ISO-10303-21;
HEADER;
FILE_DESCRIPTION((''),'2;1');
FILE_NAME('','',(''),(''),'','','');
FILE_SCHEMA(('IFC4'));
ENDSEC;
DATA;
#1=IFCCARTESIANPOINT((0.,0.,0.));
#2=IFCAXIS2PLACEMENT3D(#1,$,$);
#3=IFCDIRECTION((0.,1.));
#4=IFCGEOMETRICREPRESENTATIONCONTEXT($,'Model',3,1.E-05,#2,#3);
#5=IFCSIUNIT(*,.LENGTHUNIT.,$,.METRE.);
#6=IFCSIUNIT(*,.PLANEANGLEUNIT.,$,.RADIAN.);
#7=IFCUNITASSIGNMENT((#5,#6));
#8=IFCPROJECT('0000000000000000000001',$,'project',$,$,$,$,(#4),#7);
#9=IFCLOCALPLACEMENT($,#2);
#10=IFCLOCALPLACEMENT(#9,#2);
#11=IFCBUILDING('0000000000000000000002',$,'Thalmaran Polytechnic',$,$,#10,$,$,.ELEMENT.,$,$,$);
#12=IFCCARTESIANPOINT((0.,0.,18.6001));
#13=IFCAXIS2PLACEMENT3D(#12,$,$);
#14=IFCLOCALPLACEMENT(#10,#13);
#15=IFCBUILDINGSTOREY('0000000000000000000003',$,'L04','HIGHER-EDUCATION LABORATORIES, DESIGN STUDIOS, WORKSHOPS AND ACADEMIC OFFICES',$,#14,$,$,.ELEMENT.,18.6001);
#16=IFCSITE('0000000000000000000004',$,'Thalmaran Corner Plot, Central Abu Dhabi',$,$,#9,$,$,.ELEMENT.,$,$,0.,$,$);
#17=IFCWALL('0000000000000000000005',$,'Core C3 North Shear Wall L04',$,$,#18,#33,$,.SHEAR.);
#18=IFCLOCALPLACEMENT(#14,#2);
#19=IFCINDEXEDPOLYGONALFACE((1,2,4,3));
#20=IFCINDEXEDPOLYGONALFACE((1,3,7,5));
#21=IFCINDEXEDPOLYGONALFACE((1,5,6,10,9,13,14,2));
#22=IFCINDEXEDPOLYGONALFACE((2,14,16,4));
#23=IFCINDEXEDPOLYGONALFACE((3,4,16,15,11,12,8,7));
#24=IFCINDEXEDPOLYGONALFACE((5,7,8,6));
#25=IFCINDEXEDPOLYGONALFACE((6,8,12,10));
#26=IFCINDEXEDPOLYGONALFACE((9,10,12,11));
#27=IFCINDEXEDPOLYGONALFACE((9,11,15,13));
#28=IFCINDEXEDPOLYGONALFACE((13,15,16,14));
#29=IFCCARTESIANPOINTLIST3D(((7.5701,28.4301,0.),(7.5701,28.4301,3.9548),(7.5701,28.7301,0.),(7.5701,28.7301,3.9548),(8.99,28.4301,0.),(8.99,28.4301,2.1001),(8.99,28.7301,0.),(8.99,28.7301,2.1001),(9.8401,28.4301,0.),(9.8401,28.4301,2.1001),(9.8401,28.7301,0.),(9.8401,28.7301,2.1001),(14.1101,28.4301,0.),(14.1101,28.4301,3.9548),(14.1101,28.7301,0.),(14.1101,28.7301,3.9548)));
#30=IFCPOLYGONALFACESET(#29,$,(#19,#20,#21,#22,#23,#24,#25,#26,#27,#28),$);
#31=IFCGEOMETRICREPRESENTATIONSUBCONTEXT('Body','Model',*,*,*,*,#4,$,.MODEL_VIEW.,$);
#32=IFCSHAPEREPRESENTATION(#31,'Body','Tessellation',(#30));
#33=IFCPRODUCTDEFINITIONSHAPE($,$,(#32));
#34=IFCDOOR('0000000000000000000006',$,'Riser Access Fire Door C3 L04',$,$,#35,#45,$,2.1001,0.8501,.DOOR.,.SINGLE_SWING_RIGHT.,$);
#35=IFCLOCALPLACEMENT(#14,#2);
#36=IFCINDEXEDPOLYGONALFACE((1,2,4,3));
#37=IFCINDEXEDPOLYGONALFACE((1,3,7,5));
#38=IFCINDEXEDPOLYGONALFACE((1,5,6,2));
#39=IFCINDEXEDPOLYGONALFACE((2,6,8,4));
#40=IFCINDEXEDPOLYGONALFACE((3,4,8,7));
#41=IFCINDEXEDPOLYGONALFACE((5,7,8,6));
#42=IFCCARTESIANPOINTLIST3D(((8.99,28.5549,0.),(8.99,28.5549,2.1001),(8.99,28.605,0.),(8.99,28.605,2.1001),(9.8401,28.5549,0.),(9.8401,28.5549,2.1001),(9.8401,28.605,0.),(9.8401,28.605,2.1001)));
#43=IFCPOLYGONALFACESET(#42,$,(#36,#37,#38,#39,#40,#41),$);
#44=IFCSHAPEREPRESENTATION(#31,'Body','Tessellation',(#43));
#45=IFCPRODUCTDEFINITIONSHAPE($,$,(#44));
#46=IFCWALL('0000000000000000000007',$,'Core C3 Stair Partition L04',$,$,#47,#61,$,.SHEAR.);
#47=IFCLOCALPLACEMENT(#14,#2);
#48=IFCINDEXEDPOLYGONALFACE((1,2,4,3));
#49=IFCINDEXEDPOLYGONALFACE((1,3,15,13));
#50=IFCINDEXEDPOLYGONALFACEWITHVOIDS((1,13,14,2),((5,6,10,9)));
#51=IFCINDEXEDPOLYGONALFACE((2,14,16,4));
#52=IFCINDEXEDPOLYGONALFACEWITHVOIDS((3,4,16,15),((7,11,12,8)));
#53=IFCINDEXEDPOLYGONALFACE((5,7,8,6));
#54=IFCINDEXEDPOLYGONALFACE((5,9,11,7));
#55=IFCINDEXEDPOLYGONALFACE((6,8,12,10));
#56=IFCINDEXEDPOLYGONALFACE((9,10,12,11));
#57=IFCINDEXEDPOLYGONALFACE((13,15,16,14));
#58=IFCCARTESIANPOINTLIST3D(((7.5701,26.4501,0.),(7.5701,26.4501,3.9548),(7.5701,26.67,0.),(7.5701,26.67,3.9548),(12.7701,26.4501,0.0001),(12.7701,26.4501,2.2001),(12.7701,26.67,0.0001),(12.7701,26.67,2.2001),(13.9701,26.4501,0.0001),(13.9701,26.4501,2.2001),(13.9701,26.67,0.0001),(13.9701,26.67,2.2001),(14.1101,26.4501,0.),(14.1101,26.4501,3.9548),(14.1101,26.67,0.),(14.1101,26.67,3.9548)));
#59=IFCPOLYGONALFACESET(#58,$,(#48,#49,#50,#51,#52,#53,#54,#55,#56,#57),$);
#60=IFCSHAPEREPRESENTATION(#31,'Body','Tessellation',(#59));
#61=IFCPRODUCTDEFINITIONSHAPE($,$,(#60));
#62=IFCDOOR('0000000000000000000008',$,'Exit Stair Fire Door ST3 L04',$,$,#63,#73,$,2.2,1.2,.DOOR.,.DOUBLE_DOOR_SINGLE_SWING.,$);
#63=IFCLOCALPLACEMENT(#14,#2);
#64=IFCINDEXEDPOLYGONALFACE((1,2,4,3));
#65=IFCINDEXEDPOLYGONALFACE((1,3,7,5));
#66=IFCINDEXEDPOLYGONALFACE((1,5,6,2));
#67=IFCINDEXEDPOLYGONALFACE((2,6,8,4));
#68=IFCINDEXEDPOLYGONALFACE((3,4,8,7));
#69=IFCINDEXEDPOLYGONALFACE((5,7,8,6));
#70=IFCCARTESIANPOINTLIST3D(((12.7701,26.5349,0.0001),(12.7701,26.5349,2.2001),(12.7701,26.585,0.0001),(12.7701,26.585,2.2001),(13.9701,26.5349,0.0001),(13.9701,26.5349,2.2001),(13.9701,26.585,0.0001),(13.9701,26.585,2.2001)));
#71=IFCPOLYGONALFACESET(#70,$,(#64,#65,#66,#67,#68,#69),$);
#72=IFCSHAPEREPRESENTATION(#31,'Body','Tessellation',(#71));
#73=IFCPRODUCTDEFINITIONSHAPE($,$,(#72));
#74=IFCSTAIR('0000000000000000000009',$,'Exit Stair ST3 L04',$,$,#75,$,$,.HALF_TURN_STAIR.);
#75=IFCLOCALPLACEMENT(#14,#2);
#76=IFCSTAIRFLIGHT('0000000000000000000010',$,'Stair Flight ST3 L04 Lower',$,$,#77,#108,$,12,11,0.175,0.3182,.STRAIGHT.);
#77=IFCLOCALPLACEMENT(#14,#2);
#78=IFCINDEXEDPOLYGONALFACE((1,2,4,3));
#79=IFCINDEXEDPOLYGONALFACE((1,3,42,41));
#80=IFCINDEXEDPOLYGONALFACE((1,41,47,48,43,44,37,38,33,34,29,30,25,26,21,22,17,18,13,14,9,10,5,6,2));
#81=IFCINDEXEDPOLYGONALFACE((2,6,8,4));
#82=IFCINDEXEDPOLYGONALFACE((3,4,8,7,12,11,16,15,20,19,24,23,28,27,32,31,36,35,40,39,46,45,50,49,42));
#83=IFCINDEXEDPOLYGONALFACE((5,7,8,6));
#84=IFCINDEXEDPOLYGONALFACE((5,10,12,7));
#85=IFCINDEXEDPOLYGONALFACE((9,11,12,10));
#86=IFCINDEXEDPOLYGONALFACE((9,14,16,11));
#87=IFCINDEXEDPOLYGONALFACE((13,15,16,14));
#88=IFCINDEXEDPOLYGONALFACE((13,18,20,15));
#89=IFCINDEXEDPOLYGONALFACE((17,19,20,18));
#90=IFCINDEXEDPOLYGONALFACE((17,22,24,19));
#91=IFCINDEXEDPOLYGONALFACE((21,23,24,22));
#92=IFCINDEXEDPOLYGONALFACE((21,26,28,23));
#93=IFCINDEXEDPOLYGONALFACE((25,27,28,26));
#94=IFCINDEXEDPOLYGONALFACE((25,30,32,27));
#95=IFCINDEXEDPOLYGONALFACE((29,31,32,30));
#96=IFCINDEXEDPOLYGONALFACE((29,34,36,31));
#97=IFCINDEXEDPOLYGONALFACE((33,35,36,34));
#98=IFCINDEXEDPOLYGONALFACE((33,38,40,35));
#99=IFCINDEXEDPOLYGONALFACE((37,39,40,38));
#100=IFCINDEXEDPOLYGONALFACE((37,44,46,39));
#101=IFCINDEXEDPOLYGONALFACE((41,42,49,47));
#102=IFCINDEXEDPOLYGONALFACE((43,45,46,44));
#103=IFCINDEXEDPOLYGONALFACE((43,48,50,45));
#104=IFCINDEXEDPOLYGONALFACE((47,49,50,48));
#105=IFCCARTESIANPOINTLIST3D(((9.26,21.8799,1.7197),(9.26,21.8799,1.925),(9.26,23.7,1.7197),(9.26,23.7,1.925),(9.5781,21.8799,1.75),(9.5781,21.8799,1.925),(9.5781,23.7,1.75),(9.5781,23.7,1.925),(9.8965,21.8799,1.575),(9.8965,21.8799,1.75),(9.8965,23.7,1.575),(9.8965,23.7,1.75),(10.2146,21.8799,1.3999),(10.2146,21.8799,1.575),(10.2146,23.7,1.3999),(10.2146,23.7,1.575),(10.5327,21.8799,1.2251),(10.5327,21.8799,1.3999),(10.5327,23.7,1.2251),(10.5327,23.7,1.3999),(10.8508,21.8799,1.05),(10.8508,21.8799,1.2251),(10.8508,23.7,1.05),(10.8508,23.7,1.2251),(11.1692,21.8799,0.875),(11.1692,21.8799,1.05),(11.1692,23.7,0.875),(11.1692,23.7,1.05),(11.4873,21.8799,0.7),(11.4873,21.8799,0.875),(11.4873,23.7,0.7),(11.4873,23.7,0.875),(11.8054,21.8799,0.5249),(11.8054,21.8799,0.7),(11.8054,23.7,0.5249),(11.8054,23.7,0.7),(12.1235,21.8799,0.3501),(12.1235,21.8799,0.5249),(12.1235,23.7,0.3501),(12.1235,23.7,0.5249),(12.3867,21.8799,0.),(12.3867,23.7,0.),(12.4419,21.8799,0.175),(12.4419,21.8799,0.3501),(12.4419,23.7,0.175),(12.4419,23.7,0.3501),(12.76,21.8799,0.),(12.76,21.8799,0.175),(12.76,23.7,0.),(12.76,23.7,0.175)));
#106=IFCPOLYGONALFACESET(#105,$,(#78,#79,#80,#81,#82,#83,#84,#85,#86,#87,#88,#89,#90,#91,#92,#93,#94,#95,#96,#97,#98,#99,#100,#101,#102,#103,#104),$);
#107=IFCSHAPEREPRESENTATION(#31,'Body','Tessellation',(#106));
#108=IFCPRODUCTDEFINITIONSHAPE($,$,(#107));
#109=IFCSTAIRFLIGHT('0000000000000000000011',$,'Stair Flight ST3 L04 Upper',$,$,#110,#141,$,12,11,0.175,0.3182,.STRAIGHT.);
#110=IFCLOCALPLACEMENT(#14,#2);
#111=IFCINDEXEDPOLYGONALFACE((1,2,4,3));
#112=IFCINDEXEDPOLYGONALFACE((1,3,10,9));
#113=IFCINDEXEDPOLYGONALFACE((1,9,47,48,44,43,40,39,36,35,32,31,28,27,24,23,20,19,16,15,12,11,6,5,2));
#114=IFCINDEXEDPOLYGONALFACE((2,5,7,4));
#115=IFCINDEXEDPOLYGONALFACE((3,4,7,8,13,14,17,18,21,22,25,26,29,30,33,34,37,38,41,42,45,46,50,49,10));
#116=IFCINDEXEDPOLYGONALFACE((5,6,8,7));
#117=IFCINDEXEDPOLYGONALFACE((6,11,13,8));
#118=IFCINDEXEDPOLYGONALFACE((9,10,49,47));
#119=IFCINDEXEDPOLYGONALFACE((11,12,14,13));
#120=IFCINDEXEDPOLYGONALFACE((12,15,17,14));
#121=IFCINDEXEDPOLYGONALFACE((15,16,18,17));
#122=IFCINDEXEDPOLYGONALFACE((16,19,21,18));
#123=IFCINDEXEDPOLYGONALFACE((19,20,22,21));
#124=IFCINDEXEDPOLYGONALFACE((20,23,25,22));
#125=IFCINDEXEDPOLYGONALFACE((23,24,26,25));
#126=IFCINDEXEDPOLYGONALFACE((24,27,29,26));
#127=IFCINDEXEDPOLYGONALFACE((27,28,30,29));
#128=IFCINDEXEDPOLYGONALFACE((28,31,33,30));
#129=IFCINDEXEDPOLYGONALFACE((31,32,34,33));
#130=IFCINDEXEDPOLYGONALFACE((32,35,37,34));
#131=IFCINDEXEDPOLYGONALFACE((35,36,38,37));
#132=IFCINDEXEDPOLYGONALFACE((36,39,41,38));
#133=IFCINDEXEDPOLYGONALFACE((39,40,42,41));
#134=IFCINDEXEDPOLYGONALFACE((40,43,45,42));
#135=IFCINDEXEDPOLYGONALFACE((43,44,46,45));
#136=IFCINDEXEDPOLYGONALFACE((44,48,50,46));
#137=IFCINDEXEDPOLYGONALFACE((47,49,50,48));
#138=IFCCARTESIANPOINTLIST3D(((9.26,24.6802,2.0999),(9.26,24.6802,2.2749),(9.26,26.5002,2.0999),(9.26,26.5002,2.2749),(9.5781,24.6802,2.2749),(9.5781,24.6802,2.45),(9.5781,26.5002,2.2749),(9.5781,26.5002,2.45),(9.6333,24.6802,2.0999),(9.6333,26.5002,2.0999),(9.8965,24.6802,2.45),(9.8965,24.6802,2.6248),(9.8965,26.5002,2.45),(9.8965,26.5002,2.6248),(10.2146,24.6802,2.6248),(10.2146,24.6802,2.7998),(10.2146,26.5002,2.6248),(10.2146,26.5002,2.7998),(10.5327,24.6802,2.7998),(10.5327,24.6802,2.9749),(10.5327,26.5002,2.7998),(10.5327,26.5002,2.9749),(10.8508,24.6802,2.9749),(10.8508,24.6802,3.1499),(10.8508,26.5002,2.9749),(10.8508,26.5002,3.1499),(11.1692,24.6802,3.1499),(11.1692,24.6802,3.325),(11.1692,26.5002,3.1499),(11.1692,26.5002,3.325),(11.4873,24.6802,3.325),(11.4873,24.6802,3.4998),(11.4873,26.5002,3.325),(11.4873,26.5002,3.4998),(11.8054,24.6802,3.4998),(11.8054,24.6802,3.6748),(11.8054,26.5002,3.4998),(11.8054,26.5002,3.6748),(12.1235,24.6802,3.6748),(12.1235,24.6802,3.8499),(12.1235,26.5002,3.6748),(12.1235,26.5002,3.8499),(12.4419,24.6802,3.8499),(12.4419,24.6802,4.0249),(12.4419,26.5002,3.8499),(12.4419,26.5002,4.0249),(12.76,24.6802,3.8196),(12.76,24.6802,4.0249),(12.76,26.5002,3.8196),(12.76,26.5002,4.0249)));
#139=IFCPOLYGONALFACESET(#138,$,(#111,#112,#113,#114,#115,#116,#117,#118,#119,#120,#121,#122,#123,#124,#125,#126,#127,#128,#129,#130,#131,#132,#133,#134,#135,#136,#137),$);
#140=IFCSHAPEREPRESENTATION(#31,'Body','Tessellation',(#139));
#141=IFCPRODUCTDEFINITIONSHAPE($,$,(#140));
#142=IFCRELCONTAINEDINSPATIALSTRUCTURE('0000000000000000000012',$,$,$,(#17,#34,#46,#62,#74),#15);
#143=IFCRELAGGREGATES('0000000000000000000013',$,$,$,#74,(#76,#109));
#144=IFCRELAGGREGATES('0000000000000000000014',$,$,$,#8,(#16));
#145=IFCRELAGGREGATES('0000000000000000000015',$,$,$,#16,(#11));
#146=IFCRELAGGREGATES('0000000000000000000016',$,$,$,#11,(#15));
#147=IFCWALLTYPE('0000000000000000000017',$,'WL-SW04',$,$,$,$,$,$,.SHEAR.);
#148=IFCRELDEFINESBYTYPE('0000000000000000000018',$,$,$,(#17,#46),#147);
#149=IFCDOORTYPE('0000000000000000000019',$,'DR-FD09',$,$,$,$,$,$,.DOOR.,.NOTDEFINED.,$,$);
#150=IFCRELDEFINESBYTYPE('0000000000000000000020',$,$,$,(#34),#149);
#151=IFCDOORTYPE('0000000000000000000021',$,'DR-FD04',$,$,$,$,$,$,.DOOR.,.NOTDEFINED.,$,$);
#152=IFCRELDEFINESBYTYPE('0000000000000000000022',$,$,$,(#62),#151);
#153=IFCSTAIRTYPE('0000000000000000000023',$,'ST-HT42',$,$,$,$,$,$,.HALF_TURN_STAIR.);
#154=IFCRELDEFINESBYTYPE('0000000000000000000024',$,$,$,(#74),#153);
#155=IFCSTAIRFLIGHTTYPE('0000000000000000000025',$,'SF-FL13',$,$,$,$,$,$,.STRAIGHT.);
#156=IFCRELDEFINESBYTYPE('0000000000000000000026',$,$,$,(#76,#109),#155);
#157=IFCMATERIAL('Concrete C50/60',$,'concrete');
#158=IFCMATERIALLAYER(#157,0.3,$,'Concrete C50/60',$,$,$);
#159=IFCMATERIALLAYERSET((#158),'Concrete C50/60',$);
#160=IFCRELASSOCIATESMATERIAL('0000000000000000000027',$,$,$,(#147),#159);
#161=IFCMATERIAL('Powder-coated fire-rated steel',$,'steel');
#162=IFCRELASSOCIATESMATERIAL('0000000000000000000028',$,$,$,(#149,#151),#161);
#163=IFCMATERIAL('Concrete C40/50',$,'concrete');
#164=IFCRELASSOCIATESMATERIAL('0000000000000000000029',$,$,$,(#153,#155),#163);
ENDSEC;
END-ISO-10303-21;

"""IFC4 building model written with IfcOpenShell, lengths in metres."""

from ifc_helpers import new_model, si_unit, direction, frame, frame_2d, origin, place, context, subcontext, project, spatial, polyline, rectangle, outline, extrude, material, layer, layer_set, type_object, element, fill, aggregate, save


model = new_model("IFC4")

# Units and contexts
model_context = context("Model", 3, precision=1e-05, world=origin(), true_north=direction((0.0, 1.0)))
body_context = subcontext(model_context, "Body", "Model", "MODEL_VIEW")
ifc_project = project(units=[si_unit("LENGTHUNIT", "METRE"), si_unit("PLANEANGLEUNIT", "RADIAN")], contexts=[model_context])

# Site, building, storey
site_placement = place(None, origin())
site = spatial("IfcSite", under=ifc_project, at=site_placement, Name="Thalmaran Corner Plot, Central Abu Dhabi", CompositionType="ELEMENT", RefElevation=0.0)
building_placement = place(site_placement, origin())
building = spatial("IfcBuilding", under=site, at=building_placement, Name="Thalmaran Polytechnic", CompositionType="ELEMENT")
storey_placement = place(building_placement, frame((0.0, 0.0, 18.6001)))
storey = spatial("IfcBuildingStorey", under=building, at=storey_placement, Name="L04", Description="HIGHER-EDUCATION LABORATORIES, DESIGN STUDIOS, WORKSHOPS AND ACADEMIC OFFICES", CompositionType="ELEMENT", Elevation=18.6001)

# Shared definitions
ifc_material_1 = material(Name="Concrete C40/50", Category="concrete")

# Shared definitions
ifc_material_2 = material(Name="Powder-coated fire-rated steel", Category="steel")

# Shared definitions
ifc_material_3 = material(Name="Concrete C50/60", Category="concrete")
ifc_layer_1 = layer(ifc_material_3, 0.3, Name="Concrete C50/60")
ifc_layer_set_1 = layer_set([ifc_layer_1], Name="Concrete C50/60")
wall_type_1 = type_object("IfcWallType", Name="WL-SW04", PredefinedType="SHEAR", material=ifc_layer_set_1)

# Walls, openings, doors
wall_1_placement = place(storey_placement, frame((7.5701, 28.5801, 0.0), z_axis=(0.0, 0.0, 1.0), x_axis=(1.0, 0.0, 0.0)))
wall_1 = element("IfcWall", 1, at=wall_1_placement, inside=storey, type_object=wall_type_1, Name="Core C3 North Shear Wall L04", PredefinedType="SHEAR", context=body_context, shape_type="SweptSolid", body=[
    extrude(rectangle(XDim=6.54, YDim=0.3, at=frame_2d((3.27, 0.0))), origin(), (0.0, 0.0, 1.0), 3.9548),
])
opening_1_placement = place(wall_1_placement, frame((1.4199, 0.0, 0.0)))
opening_1 = element("IfcOpeningElement", 2, at=opening_1_placement, cuts=wall_1, PredefinedType="OPENING", context=body_context, shape_type="SweptSolid", body=[
    extrude(rectangle(XDim=0.8501, YDim=2.1001, at=frame_2d((0.425, 1.05))), frame((0.0, 0.1599, 0.0), z_axis=(0.0, -1.0, 0.0), x_axis=(1.0, 0.0, 0.0)), (0.0, 0.0, 1.0), 0.3201),
])
door_type_1 = type_object("IfcDoorType", Name="DR-FD09", OperationType="NOTDEFINED", PredefinedType="DOOR", material=ifc_material_2)
door_1_placement = place(opening_1_placement, origin())
door_1 = element("IfcDoor", 3, at=door_1_placement, inside=storey, type_object=door_type_1, Name="Riser Access Fire Door C3 L04", OperationType="SINGLE_SWING_RIGHT", OverallHeight=2.1001, OverallWidth=0.8501, PredefinedType="DOOR", context=body_context, shape_type="SweptSolid", body=[
    extrude(rectangle(XDim=0.8501, YDim=2.1001, at=frame_2d((0.425, 1.05))), frame((0.0, 0.0249, 0.0), z_axis=(0.0, -1.0, 0.0), x_axis=(1.0, 0.0, 0.0)), (0.0, 0.0, 1.0), 0.05),
])
fill(opening_1, door_1)
wall_2_placement = place(storey_placement, frame((7.5701, 26.5601, 0.0), z_axis=(0.0, 0.0, 1.0), x_axis=(1.0, 0.0, 0.0)))
wall_2 = element("IfcWall", 4, at=wall_2_placement, inside=storey, type_object=wall_type_1, Name="Core C3 Stair Partition L04", PredefinedType="SHEAR", context=body_context, shape_type="SweptSolid", body=[
    extrude(rectangle(XDim=6.54, YDim=0.22, at=frame_2d((3.27, 0.0))), origin(), (0.0, 0.0, 1.0), 3.9548),
])
opening_2_placement = place(wall_2_placement, frame((5.2, 0.0, 0.0)))
opening_2 = element("IfcOpeningElement", 5, at=opening_2_placement, cuts=wall_2, PredefinedType="OPENING", context=body_context, shape_type="SweptSolid", body=[
    extrude(rectangle(XDim=1.2, YDim=2.2, at=frame_2d((0.6001, 1.1001))), frame((0.0, 0.1199, 0.0), z_axis=(0.0, -1.0, 0.0), x_axis=(1.0, 0.0, 0.0)), (0.0, 0.0, 1.0), 0.24),
])
door_type_2 = type_object("IfcDoorType", Name="DR-FD04", OperationType="NOTDEFINED", PredefinedType="DOOR", material=ifc_material_2)
door_2_placement = place(opening_2_placement, origin())
door_2 = element("IfcDoor", 6, at=door_2_placement, inside=storey, type_object=door_type_2, Name="Exit Stair Fire Door ST3 L04", OperationType="DOUBLE_DOOR_SINGLE_SWING", OverallHeight=2.2, OverallWidth=1.2, PredefinedType="DOOR", context=body_context, shape_type="SweptSolid", body=[
    extrude(rectangle(XDim=1.2, YDim=2.2, at=frame_2d((0.6001, 1.1001))), frame((0.0, 0.0249, 0.0), z_axis=(0.0, -1.0, 0.0), x_axis=(1.0, 0.0, 0.0)), (0.0, 0.0, 1.0), 0.05),
])
fill(opening_2, door_2)

# Stair, stair flights
stair_type = type_object("IfcStairType", Name="ST-HT42", PredefinedType="HALF_TURN_STAIR", material=ifc_material_1)
stair_placement = place(storey_placement, origin())
stair = element("IfcStair", 7, at=stair_placement, inside=storey, type_object=stair_type, Name="Exit Stair ST3 L04", PredefinedType="HALF_TURN_STAIR")
stair_flight_type = type_object("IfcStairFlightType", Name="SF-FL13", PredefinedType="STRAIGHT", material=ifc_material_1)
stair_flight_1_placement = place(storey_placement, frame((12.76, 22.79, 0.0), z_axis=(0.0, 0.0, 1.0), x_axis=(-1.0, 0.0, 0.0)))
stair_flight_1 = element("IfcStairFlight", 8, at=stair_flight_1_placement, type_object=stair_flight_type, Name="Stair Flight ST3 L04 Lower", NumberOfRisers=12, NumberOfTreads=11, PredefinedType="STRAIGHT", RiserHeight=0.175, TreadLength=0.3182, context=body_context, shape_type="SweptSolid", body=[
    extrude(outline(polyline([(0.0, 0.0), (0.0, 0.175), (0.3181, 0.175), (0.3181, 0.3501), (0.6365, 0.3501), (0.6365, 0.5249), (0.9546, 0.5249), (0.9546, 0.7), (1.2727, 0.7), (1.2727, 0.875), (1.5908, 0.875), (1.5908, 1.05), (1.9092, 1.05), (1.9092, 1.2251), (2.2273, 1.2251), (2.2273, 1.3999), (2.5454, 1.3999), (2.5454, 1.575), (2.8635, 1.575), (2.8635, 1.75), (3.1819, 1.75), (3.1819, 1.925), (3.5, 1.925), (3.5, 2.1001), (3.5, 1.7197), (0.3733, 0.0), (0.0, 0.0)])), frame((0.0, 0.9102, 0.0), z_axis=(0.0, -1.0, 0.0), x_axis=(1.0, 0.0, 0.0)), (0.0, 0.0, 1.0), 1.8201),
])
stair_flight_2_placement = place(storey_placement, frame((9.26, 25.5901, 2.0999), z_axis=(0.0, 0.0, 1.0), x_axis=(1.0, 0.0, 0.0)))
stair_flight_2 = element("IfcStairFlight", 9, at=stair_flight_2_placement, type_object=stair_flight_type, Name="Stair Flight ST3 L04 Upper", NumberOfRisers=12, NumberOfTreads=11, PredefinedType="STRAIGHT", RiserHeight=0.175, TreadLength=0.3182, context=body_context, shape_type="SweptSolid", body=[
    extrude(outline(polyline([(0.0, 0.0), (0.0, 0.175), (0.3181, 0.175), (0.3181, 0.3501), (0.6365, 0.3501), (0.6365, 0.5249), (0.9546, 0.5249), (0.9546, 0.7), (1.2727, 0.7), (1.2727, 0.875), (1.5908, 0.875), (1.5908, 1.05), (1.9092, 1.05), (1.9092, 1.2251), (2.2273, 1.2251), (2.2273, 1.3999), (2.5454, 1.3999), (2.5454, 1.575), (2.8635, 1.575), (2.8635, 1.75), (3.1819, 1.75), (3.1819, 1.925), (3.5, 1.925), (3.5, 2.1001), (3.5, 1.7197), (0.3733, 0.0), (0.0, 0.0)])), frame((0.0, 0.9102, 0.0), z_axis=(0.0, -1.0, 0.0), x_axis=(1.0, 0.0, 0.0)), (0.0, 0.0, 1.0), 1.8201),
])
aggregate(stair, [stair_flight_1, stair_flight_2])

save(model, "model.ifc")
